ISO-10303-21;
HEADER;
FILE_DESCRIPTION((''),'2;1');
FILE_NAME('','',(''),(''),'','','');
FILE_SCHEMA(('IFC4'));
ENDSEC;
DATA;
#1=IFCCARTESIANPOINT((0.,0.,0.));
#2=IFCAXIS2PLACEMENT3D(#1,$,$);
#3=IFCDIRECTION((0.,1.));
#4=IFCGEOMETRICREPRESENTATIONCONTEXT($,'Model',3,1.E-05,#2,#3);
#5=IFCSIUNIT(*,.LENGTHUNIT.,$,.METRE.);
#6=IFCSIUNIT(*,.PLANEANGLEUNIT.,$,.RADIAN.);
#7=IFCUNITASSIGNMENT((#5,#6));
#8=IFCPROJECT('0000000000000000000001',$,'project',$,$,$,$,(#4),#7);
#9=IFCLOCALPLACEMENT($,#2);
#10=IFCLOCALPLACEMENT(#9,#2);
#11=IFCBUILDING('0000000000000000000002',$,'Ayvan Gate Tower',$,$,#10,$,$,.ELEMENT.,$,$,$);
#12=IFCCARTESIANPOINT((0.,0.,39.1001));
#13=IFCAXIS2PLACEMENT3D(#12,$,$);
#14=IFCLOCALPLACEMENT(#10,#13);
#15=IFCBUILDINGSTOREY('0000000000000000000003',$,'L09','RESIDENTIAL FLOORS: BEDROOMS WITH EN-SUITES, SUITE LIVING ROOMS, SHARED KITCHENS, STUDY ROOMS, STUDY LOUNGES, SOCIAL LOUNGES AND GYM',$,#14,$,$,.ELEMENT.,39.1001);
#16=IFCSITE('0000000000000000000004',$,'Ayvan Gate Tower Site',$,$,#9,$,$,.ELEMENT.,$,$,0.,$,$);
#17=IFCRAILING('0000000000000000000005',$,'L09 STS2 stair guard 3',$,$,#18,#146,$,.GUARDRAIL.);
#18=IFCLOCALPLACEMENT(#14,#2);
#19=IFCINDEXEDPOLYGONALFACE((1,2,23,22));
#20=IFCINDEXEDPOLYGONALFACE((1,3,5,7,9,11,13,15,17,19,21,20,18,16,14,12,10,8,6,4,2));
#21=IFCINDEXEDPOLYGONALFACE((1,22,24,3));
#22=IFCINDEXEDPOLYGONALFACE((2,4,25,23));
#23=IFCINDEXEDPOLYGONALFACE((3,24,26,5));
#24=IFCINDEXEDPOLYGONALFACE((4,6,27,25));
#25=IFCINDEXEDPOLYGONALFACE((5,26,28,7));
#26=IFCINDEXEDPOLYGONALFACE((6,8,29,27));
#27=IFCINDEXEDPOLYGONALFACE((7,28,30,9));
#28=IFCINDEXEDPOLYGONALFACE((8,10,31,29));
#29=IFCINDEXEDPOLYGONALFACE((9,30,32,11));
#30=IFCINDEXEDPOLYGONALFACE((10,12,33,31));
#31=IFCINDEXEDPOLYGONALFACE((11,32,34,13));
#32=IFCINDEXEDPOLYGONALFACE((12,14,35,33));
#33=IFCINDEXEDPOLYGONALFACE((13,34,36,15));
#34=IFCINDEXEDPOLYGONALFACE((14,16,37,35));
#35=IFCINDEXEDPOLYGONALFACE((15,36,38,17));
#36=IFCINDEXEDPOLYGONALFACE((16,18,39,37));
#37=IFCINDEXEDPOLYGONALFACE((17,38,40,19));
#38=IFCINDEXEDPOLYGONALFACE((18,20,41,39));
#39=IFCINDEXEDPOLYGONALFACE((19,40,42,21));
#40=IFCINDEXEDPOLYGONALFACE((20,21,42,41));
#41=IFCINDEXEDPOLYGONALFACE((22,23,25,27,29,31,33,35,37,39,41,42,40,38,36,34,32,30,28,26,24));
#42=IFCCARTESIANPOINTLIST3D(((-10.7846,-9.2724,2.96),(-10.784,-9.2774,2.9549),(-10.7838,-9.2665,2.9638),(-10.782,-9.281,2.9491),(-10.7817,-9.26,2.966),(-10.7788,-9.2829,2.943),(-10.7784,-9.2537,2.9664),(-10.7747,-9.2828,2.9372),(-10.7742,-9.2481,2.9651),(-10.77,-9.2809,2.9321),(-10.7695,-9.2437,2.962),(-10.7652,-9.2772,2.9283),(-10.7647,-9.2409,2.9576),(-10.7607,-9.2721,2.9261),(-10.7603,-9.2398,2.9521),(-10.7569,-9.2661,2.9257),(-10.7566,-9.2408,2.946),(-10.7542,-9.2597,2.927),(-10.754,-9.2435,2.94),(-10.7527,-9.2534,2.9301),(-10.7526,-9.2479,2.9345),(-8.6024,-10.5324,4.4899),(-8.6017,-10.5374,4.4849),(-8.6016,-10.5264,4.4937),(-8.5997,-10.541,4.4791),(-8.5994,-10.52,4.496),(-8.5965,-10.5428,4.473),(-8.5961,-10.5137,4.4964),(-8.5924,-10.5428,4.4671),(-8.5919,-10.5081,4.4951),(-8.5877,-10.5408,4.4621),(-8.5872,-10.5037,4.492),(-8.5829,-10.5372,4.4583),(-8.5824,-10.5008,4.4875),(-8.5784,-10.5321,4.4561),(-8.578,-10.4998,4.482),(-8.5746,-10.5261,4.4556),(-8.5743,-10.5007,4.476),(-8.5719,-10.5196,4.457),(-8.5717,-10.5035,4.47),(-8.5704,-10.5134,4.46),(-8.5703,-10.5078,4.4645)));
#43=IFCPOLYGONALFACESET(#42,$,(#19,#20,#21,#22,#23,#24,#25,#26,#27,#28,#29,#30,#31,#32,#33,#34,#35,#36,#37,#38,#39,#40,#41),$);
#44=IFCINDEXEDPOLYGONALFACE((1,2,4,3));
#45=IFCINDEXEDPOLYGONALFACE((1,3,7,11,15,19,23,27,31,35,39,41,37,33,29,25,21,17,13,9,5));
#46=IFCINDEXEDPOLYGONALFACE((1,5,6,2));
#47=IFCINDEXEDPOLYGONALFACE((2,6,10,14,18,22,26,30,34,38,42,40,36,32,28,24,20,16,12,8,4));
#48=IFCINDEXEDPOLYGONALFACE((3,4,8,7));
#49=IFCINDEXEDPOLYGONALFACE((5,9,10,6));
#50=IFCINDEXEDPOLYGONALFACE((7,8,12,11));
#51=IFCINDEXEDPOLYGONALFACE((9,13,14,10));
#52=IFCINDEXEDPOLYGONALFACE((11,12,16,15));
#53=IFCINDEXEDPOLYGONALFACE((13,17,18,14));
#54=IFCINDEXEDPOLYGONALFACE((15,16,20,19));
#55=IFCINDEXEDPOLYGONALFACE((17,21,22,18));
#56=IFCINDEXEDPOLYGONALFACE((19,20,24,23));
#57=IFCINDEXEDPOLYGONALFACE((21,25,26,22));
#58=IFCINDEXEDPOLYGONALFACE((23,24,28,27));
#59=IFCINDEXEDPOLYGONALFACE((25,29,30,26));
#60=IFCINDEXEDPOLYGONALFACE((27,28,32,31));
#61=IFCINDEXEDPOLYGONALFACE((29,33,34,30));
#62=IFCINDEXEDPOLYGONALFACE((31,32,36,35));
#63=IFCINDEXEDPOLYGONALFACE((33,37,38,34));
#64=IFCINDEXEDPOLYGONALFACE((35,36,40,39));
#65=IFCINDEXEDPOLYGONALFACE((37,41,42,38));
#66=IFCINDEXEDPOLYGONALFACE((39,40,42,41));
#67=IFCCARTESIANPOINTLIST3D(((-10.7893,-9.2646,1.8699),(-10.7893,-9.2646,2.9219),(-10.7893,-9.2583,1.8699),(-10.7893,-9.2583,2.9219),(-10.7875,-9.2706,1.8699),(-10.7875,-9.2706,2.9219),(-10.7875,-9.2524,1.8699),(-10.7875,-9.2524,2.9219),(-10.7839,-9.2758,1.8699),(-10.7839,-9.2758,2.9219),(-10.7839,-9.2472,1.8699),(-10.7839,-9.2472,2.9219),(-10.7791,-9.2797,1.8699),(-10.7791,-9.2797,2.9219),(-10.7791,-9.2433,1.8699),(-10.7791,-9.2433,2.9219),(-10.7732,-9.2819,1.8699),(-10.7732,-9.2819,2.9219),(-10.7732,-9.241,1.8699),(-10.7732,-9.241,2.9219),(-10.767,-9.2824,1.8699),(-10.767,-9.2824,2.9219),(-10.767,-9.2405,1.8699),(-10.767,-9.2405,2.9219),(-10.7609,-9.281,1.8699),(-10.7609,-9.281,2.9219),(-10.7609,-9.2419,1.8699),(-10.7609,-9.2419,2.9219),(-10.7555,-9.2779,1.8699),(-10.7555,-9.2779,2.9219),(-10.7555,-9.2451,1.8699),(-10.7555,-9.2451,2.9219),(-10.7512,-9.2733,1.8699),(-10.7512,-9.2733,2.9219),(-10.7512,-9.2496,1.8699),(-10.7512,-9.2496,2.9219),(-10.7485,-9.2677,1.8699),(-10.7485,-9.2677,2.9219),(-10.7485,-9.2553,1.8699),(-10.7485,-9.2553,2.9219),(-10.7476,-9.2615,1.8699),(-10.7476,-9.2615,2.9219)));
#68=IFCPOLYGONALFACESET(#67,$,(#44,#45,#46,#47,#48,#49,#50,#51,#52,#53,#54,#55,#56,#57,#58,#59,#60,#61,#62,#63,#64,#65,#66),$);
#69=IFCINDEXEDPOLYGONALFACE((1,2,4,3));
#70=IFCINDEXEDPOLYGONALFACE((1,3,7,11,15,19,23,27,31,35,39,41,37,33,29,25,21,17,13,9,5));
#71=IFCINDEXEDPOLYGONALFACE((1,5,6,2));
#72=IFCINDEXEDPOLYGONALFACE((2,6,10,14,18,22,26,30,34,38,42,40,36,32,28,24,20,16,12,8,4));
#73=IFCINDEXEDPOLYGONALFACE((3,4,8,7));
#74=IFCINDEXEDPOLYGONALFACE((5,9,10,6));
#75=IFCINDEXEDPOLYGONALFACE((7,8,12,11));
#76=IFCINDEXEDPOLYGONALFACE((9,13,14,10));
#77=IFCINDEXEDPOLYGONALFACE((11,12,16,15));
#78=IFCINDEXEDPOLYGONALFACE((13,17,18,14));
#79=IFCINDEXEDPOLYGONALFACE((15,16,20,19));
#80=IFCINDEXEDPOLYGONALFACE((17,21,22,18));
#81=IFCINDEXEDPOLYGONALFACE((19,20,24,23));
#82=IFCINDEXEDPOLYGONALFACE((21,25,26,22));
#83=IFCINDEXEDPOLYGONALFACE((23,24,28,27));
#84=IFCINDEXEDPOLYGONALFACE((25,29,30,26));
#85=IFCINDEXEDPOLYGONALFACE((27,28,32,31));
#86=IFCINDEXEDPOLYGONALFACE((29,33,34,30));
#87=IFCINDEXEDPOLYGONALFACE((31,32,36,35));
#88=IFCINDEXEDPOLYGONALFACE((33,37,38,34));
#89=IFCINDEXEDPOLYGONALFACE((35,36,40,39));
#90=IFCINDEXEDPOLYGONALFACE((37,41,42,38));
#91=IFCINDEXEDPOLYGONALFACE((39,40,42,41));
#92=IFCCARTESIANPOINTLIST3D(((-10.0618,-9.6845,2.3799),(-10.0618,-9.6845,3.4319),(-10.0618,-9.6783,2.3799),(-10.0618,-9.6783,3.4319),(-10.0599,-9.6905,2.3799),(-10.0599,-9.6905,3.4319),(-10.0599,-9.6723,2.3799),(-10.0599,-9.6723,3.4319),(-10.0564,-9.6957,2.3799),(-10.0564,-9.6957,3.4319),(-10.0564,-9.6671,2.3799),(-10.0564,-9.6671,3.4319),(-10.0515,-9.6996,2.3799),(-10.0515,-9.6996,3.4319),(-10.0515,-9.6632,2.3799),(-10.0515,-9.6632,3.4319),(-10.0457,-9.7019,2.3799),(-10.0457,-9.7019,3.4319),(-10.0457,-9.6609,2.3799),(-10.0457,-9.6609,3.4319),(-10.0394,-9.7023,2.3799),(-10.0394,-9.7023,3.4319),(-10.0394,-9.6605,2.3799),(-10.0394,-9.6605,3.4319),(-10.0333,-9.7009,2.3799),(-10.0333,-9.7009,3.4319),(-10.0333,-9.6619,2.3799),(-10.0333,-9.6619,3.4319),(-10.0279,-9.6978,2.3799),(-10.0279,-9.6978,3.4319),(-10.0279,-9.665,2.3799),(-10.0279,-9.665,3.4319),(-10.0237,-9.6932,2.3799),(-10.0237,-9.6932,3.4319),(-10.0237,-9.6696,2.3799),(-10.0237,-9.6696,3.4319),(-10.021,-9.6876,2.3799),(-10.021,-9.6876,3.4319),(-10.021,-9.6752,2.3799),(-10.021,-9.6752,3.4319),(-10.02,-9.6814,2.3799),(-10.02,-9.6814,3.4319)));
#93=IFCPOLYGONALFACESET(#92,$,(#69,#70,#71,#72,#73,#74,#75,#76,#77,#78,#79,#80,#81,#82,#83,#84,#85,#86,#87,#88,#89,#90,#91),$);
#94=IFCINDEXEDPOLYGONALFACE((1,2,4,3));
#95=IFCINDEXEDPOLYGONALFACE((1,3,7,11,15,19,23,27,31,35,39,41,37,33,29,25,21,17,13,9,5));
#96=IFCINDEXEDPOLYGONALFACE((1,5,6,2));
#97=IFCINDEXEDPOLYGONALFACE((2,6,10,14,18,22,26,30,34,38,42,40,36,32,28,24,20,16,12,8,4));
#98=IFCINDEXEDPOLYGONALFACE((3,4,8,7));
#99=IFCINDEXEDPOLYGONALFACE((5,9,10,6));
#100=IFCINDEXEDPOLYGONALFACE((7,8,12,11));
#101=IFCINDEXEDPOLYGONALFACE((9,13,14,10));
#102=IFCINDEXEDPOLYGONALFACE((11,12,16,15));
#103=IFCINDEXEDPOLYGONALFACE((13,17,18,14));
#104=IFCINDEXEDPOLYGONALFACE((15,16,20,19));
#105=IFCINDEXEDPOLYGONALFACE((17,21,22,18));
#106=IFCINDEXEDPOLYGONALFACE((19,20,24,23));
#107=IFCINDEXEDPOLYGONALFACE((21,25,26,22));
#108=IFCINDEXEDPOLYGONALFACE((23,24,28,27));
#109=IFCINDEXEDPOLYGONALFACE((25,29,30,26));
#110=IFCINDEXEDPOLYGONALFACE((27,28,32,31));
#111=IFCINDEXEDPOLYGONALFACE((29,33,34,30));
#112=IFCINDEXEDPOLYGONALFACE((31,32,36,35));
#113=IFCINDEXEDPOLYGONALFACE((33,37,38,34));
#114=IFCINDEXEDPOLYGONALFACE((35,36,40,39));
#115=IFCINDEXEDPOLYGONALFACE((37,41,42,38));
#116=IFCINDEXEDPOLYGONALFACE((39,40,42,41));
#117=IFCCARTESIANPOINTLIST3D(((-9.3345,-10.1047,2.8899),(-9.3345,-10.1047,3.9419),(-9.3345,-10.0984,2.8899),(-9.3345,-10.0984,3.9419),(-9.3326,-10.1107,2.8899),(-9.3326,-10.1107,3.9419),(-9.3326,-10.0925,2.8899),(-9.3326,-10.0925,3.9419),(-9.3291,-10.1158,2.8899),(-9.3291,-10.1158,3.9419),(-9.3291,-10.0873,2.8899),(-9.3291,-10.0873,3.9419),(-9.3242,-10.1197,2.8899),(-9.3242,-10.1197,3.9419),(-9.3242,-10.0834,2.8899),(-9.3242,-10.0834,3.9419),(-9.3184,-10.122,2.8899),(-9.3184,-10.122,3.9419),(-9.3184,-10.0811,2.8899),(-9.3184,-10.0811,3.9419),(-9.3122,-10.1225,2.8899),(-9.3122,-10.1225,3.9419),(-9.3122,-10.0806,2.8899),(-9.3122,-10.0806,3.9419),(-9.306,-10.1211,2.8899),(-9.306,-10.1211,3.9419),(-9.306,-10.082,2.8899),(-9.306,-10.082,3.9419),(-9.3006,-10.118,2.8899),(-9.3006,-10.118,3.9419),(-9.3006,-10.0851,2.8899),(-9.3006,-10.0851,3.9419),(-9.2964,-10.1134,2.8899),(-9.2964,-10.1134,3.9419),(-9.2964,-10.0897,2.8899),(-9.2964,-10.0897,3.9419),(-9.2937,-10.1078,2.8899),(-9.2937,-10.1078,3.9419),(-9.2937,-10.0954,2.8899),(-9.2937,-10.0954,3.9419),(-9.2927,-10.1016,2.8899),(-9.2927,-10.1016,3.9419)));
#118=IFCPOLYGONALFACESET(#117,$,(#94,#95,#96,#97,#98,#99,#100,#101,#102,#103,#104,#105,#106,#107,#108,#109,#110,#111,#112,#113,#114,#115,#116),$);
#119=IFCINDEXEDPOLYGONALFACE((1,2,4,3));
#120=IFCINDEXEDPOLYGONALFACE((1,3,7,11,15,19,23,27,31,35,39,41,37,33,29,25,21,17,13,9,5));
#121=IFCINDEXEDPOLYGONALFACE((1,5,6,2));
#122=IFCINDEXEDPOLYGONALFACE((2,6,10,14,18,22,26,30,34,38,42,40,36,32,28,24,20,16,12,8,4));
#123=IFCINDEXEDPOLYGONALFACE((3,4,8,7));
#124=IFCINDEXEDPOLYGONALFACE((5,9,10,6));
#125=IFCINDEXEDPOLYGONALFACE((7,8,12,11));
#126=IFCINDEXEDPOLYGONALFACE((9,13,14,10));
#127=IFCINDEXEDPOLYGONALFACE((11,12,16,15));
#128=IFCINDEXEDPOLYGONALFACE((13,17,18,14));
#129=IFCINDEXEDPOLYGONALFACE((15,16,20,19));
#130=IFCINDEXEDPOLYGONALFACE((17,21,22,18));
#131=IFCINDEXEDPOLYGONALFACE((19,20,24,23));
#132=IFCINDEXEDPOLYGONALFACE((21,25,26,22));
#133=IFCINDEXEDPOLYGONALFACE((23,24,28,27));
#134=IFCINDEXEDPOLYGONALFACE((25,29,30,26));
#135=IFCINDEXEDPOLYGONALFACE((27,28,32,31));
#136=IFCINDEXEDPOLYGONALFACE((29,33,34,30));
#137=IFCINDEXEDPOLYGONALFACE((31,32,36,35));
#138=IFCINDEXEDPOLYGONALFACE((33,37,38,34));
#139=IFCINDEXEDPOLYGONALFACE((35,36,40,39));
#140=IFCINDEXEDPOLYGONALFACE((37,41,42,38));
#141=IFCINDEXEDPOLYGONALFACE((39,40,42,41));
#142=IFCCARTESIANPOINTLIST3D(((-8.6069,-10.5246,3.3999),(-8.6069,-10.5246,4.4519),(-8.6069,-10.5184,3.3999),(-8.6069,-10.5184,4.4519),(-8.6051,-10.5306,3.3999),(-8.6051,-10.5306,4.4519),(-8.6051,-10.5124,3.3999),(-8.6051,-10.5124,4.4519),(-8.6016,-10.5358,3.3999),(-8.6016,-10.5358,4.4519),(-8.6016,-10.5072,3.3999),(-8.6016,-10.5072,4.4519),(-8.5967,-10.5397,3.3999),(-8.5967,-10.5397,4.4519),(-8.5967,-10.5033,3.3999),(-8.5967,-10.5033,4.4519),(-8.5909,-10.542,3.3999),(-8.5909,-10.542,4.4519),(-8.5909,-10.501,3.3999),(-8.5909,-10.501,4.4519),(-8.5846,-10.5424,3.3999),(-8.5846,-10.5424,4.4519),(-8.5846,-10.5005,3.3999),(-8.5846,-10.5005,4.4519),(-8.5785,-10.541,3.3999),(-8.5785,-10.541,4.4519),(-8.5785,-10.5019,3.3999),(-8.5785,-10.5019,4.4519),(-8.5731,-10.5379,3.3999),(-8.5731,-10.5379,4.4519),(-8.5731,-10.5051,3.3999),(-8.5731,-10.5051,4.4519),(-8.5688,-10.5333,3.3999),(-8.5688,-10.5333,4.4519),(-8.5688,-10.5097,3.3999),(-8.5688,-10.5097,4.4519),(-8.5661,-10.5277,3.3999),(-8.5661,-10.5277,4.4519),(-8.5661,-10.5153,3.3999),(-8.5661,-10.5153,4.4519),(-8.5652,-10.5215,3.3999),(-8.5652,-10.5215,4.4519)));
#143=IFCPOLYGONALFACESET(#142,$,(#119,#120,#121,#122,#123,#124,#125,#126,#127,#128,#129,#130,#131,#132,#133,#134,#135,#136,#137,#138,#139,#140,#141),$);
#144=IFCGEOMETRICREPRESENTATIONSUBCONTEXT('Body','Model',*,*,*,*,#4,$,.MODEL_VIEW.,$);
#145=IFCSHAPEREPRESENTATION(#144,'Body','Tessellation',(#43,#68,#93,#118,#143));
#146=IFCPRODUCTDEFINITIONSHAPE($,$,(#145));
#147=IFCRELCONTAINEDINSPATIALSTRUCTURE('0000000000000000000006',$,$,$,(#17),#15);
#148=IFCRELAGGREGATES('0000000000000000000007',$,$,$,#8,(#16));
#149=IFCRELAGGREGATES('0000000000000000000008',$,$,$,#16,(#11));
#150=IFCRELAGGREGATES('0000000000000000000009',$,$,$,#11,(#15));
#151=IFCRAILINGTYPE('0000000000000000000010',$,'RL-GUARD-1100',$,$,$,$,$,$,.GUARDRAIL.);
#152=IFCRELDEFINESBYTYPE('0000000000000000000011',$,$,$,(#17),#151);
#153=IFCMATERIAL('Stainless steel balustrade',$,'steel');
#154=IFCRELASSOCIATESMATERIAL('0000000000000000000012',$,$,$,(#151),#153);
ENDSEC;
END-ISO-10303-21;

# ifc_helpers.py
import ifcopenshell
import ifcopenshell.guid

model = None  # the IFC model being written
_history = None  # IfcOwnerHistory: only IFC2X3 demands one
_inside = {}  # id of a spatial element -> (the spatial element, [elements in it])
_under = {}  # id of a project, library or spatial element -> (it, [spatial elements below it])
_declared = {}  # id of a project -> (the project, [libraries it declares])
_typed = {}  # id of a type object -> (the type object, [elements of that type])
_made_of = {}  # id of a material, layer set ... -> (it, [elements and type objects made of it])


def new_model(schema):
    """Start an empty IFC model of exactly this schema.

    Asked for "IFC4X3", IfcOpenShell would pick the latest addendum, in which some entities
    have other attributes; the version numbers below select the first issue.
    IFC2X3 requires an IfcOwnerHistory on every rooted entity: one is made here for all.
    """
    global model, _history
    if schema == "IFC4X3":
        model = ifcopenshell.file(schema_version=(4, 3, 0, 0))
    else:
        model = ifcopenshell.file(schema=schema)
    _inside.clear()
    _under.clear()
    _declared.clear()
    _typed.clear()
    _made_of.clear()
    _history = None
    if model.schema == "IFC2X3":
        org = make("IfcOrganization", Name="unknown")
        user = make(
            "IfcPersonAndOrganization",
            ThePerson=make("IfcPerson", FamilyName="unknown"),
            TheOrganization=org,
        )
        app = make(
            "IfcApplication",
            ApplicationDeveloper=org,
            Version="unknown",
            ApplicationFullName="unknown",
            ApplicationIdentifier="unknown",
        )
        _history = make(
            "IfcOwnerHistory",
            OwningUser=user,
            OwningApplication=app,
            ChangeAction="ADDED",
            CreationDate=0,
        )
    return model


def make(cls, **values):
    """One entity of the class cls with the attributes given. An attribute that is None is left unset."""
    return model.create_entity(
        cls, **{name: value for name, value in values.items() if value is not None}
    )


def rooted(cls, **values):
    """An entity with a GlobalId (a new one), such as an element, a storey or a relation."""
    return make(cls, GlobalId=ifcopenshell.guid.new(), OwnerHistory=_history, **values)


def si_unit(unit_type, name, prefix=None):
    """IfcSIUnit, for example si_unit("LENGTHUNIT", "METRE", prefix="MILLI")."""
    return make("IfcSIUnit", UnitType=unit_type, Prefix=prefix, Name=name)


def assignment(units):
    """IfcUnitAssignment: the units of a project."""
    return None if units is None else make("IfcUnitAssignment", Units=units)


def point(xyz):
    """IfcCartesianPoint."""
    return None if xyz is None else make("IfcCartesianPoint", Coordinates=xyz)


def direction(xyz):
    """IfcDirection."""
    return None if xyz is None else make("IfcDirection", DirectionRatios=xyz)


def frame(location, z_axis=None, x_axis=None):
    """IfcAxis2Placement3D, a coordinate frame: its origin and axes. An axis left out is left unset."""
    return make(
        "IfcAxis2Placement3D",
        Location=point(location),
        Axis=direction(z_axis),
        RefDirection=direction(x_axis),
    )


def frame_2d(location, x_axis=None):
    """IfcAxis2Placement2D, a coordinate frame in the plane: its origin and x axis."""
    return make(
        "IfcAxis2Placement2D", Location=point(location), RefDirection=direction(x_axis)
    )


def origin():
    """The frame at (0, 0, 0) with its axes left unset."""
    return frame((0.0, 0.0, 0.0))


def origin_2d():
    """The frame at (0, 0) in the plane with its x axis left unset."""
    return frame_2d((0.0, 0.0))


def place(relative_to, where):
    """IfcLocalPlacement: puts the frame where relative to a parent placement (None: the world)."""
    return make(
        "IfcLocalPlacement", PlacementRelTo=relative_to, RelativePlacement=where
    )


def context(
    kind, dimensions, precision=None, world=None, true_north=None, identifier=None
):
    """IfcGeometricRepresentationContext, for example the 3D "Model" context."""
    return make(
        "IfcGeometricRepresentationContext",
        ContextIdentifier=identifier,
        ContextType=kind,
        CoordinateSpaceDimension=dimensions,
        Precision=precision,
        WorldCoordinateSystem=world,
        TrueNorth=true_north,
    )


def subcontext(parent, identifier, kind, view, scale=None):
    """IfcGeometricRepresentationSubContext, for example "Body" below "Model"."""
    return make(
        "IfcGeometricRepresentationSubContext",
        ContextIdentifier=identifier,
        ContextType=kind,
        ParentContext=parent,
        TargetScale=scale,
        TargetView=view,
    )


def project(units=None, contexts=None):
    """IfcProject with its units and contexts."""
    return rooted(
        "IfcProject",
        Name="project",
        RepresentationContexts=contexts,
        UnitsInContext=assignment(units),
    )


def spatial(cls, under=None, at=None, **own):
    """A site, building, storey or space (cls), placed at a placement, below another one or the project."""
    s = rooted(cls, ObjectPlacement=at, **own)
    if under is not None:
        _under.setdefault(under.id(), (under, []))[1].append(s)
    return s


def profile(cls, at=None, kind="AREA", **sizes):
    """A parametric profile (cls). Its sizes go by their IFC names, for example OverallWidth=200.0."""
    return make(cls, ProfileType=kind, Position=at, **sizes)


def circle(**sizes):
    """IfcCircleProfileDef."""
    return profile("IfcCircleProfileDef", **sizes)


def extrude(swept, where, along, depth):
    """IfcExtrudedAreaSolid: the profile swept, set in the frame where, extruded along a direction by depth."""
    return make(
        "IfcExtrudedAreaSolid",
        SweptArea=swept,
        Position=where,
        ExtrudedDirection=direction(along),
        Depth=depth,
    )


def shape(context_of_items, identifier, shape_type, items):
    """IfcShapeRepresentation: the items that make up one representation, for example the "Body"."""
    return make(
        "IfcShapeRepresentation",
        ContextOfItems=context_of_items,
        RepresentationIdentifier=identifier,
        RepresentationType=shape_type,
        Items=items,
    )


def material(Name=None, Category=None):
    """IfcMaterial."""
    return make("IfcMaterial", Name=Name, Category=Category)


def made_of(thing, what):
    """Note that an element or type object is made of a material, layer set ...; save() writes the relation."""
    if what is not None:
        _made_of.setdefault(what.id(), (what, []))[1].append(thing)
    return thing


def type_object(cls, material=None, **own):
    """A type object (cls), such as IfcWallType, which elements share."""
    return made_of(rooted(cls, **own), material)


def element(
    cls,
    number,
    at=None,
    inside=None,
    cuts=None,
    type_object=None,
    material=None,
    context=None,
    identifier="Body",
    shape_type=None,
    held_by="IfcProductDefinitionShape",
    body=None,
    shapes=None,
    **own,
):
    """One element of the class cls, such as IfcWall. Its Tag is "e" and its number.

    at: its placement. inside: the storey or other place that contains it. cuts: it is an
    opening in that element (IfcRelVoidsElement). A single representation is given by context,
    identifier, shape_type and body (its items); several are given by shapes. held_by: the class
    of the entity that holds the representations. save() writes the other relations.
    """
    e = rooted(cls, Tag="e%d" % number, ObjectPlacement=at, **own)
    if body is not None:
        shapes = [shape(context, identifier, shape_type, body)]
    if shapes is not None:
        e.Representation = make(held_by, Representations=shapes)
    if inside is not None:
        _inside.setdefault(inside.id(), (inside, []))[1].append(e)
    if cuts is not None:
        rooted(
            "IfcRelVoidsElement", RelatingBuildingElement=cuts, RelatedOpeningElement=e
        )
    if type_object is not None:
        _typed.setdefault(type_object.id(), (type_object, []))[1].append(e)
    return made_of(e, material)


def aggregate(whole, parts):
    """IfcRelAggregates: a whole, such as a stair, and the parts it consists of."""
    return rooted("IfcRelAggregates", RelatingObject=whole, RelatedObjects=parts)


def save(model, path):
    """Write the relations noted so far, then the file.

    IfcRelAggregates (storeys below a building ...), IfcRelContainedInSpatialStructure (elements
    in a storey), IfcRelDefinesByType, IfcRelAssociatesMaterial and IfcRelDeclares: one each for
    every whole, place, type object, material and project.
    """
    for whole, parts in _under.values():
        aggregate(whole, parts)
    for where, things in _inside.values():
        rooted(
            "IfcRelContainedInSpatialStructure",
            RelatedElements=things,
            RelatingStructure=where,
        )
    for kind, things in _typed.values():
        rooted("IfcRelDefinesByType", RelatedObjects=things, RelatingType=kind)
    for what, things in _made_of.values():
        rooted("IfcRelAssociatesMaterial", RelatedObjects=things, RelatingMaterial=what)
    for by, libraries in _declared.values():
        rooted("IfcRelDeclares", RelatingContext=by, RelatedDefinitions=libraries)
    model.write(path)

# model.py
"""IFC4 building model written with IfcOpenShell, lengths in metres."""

from ifc_helpers import new_model, si_unit, direction, frame, origin, origin_2d, place, context, subcontext, project, spatial, circle, extrude, material, type_object, element, save


model = new_model("IFC4")

# Units and contexts
model_context = context("Model", 3, precision=1e-05, world=origin(), true_north=direction((0.0, 1.0)))
body_context = subcontext(model_context, "Body", "Model", "MODEL_VIEW")
ifc_project = project(units=[si_unit("LENGTHUNIT", "METRE"), si_unit("PLANEANGLEUNIT", "RADIAN")], contexts=[model_context])

# Site, building, storey
site_placement = place(None, origin())
site = spatial("IfcSite", under=ifc_project, at=site_placement, Name="Ayvan Gate Tower Site", CompositionType="ELEMENT", RefElevation=0.0)
building_placement = place(site_placement, origin())
building = spatial("IfcBuilding", under=site, at=building_placement, Name="Ayvan Gate Tower", CompositionType="ELEMENT")
storey_placement = place(building_placement, frame((0.0, 0.0, 39.1001)))
storey = spatial("IfcBuildingStorey", under=building, at=storey_placement, Name="L09", Description="RESIDENTIAL FLOORS: BEDROOMS WITH EN-SUITES, SUITE LIVING ROOMS, SHARED KITCHENS, STUDY ROOMS, STUDY LOUNGES, SOCIAL LOUNGES AND GYM", CompositionType="ELEMENT", Elevation=39.1001)

# Railing
ifc_material_1 = material(Name="Stainless steel balustrade", Category="steel")
railing_type_1 = type_object("IfcRailingType", Name="RL-GUARD-1100", PredefinedType="GUARDRAIL", material=ifc_material_1)
railing_1_placement = place(storey_placement, frame((-10.7686, -9.2615, 1.8699)))
element("IfcRailing", 1, at=railing_1_placement, inside=storey, type_object=railing_type_1, Name="L09 STS2 stair guard 3", PredefinedType="GUARDRAIL", context=body_context, shape_type="SweptSolid", body=[
    extrude(circle(Radius=0.0239, at=origin_2d()), frame((0.0, 0.0, 1.0762), z_axis=(0.740261, -0.427395, 0.518986), x_axis=(0.500005, 0.866023, 0.0)), (0.0, 0.0, 1.0), 2.948),
    extrude(circle(Radius=0.021, at=origin_2d()), origin(), (0.0, 0.0, 1.0), 1.052),
    extrude(circle(Radius=0.021, at=origin_2d()), frame((0.7275, -0.4199, 0.51)), (0.0, 0.0, 1.0), 1.052),
    extrude(circle(Radius=0.021, at=origin_2d()), frame((1.4548, -0.8401, 1.02)), (0.0, 0.0, 1.0), 1.052),
    extrude(circle(Radius=0.021, at=origin_2d()), frame((2.1824, -1.26, 1.53)), (0.0, 0.0, 1.0), 1.052),
])

save(model, "model.ifc")
